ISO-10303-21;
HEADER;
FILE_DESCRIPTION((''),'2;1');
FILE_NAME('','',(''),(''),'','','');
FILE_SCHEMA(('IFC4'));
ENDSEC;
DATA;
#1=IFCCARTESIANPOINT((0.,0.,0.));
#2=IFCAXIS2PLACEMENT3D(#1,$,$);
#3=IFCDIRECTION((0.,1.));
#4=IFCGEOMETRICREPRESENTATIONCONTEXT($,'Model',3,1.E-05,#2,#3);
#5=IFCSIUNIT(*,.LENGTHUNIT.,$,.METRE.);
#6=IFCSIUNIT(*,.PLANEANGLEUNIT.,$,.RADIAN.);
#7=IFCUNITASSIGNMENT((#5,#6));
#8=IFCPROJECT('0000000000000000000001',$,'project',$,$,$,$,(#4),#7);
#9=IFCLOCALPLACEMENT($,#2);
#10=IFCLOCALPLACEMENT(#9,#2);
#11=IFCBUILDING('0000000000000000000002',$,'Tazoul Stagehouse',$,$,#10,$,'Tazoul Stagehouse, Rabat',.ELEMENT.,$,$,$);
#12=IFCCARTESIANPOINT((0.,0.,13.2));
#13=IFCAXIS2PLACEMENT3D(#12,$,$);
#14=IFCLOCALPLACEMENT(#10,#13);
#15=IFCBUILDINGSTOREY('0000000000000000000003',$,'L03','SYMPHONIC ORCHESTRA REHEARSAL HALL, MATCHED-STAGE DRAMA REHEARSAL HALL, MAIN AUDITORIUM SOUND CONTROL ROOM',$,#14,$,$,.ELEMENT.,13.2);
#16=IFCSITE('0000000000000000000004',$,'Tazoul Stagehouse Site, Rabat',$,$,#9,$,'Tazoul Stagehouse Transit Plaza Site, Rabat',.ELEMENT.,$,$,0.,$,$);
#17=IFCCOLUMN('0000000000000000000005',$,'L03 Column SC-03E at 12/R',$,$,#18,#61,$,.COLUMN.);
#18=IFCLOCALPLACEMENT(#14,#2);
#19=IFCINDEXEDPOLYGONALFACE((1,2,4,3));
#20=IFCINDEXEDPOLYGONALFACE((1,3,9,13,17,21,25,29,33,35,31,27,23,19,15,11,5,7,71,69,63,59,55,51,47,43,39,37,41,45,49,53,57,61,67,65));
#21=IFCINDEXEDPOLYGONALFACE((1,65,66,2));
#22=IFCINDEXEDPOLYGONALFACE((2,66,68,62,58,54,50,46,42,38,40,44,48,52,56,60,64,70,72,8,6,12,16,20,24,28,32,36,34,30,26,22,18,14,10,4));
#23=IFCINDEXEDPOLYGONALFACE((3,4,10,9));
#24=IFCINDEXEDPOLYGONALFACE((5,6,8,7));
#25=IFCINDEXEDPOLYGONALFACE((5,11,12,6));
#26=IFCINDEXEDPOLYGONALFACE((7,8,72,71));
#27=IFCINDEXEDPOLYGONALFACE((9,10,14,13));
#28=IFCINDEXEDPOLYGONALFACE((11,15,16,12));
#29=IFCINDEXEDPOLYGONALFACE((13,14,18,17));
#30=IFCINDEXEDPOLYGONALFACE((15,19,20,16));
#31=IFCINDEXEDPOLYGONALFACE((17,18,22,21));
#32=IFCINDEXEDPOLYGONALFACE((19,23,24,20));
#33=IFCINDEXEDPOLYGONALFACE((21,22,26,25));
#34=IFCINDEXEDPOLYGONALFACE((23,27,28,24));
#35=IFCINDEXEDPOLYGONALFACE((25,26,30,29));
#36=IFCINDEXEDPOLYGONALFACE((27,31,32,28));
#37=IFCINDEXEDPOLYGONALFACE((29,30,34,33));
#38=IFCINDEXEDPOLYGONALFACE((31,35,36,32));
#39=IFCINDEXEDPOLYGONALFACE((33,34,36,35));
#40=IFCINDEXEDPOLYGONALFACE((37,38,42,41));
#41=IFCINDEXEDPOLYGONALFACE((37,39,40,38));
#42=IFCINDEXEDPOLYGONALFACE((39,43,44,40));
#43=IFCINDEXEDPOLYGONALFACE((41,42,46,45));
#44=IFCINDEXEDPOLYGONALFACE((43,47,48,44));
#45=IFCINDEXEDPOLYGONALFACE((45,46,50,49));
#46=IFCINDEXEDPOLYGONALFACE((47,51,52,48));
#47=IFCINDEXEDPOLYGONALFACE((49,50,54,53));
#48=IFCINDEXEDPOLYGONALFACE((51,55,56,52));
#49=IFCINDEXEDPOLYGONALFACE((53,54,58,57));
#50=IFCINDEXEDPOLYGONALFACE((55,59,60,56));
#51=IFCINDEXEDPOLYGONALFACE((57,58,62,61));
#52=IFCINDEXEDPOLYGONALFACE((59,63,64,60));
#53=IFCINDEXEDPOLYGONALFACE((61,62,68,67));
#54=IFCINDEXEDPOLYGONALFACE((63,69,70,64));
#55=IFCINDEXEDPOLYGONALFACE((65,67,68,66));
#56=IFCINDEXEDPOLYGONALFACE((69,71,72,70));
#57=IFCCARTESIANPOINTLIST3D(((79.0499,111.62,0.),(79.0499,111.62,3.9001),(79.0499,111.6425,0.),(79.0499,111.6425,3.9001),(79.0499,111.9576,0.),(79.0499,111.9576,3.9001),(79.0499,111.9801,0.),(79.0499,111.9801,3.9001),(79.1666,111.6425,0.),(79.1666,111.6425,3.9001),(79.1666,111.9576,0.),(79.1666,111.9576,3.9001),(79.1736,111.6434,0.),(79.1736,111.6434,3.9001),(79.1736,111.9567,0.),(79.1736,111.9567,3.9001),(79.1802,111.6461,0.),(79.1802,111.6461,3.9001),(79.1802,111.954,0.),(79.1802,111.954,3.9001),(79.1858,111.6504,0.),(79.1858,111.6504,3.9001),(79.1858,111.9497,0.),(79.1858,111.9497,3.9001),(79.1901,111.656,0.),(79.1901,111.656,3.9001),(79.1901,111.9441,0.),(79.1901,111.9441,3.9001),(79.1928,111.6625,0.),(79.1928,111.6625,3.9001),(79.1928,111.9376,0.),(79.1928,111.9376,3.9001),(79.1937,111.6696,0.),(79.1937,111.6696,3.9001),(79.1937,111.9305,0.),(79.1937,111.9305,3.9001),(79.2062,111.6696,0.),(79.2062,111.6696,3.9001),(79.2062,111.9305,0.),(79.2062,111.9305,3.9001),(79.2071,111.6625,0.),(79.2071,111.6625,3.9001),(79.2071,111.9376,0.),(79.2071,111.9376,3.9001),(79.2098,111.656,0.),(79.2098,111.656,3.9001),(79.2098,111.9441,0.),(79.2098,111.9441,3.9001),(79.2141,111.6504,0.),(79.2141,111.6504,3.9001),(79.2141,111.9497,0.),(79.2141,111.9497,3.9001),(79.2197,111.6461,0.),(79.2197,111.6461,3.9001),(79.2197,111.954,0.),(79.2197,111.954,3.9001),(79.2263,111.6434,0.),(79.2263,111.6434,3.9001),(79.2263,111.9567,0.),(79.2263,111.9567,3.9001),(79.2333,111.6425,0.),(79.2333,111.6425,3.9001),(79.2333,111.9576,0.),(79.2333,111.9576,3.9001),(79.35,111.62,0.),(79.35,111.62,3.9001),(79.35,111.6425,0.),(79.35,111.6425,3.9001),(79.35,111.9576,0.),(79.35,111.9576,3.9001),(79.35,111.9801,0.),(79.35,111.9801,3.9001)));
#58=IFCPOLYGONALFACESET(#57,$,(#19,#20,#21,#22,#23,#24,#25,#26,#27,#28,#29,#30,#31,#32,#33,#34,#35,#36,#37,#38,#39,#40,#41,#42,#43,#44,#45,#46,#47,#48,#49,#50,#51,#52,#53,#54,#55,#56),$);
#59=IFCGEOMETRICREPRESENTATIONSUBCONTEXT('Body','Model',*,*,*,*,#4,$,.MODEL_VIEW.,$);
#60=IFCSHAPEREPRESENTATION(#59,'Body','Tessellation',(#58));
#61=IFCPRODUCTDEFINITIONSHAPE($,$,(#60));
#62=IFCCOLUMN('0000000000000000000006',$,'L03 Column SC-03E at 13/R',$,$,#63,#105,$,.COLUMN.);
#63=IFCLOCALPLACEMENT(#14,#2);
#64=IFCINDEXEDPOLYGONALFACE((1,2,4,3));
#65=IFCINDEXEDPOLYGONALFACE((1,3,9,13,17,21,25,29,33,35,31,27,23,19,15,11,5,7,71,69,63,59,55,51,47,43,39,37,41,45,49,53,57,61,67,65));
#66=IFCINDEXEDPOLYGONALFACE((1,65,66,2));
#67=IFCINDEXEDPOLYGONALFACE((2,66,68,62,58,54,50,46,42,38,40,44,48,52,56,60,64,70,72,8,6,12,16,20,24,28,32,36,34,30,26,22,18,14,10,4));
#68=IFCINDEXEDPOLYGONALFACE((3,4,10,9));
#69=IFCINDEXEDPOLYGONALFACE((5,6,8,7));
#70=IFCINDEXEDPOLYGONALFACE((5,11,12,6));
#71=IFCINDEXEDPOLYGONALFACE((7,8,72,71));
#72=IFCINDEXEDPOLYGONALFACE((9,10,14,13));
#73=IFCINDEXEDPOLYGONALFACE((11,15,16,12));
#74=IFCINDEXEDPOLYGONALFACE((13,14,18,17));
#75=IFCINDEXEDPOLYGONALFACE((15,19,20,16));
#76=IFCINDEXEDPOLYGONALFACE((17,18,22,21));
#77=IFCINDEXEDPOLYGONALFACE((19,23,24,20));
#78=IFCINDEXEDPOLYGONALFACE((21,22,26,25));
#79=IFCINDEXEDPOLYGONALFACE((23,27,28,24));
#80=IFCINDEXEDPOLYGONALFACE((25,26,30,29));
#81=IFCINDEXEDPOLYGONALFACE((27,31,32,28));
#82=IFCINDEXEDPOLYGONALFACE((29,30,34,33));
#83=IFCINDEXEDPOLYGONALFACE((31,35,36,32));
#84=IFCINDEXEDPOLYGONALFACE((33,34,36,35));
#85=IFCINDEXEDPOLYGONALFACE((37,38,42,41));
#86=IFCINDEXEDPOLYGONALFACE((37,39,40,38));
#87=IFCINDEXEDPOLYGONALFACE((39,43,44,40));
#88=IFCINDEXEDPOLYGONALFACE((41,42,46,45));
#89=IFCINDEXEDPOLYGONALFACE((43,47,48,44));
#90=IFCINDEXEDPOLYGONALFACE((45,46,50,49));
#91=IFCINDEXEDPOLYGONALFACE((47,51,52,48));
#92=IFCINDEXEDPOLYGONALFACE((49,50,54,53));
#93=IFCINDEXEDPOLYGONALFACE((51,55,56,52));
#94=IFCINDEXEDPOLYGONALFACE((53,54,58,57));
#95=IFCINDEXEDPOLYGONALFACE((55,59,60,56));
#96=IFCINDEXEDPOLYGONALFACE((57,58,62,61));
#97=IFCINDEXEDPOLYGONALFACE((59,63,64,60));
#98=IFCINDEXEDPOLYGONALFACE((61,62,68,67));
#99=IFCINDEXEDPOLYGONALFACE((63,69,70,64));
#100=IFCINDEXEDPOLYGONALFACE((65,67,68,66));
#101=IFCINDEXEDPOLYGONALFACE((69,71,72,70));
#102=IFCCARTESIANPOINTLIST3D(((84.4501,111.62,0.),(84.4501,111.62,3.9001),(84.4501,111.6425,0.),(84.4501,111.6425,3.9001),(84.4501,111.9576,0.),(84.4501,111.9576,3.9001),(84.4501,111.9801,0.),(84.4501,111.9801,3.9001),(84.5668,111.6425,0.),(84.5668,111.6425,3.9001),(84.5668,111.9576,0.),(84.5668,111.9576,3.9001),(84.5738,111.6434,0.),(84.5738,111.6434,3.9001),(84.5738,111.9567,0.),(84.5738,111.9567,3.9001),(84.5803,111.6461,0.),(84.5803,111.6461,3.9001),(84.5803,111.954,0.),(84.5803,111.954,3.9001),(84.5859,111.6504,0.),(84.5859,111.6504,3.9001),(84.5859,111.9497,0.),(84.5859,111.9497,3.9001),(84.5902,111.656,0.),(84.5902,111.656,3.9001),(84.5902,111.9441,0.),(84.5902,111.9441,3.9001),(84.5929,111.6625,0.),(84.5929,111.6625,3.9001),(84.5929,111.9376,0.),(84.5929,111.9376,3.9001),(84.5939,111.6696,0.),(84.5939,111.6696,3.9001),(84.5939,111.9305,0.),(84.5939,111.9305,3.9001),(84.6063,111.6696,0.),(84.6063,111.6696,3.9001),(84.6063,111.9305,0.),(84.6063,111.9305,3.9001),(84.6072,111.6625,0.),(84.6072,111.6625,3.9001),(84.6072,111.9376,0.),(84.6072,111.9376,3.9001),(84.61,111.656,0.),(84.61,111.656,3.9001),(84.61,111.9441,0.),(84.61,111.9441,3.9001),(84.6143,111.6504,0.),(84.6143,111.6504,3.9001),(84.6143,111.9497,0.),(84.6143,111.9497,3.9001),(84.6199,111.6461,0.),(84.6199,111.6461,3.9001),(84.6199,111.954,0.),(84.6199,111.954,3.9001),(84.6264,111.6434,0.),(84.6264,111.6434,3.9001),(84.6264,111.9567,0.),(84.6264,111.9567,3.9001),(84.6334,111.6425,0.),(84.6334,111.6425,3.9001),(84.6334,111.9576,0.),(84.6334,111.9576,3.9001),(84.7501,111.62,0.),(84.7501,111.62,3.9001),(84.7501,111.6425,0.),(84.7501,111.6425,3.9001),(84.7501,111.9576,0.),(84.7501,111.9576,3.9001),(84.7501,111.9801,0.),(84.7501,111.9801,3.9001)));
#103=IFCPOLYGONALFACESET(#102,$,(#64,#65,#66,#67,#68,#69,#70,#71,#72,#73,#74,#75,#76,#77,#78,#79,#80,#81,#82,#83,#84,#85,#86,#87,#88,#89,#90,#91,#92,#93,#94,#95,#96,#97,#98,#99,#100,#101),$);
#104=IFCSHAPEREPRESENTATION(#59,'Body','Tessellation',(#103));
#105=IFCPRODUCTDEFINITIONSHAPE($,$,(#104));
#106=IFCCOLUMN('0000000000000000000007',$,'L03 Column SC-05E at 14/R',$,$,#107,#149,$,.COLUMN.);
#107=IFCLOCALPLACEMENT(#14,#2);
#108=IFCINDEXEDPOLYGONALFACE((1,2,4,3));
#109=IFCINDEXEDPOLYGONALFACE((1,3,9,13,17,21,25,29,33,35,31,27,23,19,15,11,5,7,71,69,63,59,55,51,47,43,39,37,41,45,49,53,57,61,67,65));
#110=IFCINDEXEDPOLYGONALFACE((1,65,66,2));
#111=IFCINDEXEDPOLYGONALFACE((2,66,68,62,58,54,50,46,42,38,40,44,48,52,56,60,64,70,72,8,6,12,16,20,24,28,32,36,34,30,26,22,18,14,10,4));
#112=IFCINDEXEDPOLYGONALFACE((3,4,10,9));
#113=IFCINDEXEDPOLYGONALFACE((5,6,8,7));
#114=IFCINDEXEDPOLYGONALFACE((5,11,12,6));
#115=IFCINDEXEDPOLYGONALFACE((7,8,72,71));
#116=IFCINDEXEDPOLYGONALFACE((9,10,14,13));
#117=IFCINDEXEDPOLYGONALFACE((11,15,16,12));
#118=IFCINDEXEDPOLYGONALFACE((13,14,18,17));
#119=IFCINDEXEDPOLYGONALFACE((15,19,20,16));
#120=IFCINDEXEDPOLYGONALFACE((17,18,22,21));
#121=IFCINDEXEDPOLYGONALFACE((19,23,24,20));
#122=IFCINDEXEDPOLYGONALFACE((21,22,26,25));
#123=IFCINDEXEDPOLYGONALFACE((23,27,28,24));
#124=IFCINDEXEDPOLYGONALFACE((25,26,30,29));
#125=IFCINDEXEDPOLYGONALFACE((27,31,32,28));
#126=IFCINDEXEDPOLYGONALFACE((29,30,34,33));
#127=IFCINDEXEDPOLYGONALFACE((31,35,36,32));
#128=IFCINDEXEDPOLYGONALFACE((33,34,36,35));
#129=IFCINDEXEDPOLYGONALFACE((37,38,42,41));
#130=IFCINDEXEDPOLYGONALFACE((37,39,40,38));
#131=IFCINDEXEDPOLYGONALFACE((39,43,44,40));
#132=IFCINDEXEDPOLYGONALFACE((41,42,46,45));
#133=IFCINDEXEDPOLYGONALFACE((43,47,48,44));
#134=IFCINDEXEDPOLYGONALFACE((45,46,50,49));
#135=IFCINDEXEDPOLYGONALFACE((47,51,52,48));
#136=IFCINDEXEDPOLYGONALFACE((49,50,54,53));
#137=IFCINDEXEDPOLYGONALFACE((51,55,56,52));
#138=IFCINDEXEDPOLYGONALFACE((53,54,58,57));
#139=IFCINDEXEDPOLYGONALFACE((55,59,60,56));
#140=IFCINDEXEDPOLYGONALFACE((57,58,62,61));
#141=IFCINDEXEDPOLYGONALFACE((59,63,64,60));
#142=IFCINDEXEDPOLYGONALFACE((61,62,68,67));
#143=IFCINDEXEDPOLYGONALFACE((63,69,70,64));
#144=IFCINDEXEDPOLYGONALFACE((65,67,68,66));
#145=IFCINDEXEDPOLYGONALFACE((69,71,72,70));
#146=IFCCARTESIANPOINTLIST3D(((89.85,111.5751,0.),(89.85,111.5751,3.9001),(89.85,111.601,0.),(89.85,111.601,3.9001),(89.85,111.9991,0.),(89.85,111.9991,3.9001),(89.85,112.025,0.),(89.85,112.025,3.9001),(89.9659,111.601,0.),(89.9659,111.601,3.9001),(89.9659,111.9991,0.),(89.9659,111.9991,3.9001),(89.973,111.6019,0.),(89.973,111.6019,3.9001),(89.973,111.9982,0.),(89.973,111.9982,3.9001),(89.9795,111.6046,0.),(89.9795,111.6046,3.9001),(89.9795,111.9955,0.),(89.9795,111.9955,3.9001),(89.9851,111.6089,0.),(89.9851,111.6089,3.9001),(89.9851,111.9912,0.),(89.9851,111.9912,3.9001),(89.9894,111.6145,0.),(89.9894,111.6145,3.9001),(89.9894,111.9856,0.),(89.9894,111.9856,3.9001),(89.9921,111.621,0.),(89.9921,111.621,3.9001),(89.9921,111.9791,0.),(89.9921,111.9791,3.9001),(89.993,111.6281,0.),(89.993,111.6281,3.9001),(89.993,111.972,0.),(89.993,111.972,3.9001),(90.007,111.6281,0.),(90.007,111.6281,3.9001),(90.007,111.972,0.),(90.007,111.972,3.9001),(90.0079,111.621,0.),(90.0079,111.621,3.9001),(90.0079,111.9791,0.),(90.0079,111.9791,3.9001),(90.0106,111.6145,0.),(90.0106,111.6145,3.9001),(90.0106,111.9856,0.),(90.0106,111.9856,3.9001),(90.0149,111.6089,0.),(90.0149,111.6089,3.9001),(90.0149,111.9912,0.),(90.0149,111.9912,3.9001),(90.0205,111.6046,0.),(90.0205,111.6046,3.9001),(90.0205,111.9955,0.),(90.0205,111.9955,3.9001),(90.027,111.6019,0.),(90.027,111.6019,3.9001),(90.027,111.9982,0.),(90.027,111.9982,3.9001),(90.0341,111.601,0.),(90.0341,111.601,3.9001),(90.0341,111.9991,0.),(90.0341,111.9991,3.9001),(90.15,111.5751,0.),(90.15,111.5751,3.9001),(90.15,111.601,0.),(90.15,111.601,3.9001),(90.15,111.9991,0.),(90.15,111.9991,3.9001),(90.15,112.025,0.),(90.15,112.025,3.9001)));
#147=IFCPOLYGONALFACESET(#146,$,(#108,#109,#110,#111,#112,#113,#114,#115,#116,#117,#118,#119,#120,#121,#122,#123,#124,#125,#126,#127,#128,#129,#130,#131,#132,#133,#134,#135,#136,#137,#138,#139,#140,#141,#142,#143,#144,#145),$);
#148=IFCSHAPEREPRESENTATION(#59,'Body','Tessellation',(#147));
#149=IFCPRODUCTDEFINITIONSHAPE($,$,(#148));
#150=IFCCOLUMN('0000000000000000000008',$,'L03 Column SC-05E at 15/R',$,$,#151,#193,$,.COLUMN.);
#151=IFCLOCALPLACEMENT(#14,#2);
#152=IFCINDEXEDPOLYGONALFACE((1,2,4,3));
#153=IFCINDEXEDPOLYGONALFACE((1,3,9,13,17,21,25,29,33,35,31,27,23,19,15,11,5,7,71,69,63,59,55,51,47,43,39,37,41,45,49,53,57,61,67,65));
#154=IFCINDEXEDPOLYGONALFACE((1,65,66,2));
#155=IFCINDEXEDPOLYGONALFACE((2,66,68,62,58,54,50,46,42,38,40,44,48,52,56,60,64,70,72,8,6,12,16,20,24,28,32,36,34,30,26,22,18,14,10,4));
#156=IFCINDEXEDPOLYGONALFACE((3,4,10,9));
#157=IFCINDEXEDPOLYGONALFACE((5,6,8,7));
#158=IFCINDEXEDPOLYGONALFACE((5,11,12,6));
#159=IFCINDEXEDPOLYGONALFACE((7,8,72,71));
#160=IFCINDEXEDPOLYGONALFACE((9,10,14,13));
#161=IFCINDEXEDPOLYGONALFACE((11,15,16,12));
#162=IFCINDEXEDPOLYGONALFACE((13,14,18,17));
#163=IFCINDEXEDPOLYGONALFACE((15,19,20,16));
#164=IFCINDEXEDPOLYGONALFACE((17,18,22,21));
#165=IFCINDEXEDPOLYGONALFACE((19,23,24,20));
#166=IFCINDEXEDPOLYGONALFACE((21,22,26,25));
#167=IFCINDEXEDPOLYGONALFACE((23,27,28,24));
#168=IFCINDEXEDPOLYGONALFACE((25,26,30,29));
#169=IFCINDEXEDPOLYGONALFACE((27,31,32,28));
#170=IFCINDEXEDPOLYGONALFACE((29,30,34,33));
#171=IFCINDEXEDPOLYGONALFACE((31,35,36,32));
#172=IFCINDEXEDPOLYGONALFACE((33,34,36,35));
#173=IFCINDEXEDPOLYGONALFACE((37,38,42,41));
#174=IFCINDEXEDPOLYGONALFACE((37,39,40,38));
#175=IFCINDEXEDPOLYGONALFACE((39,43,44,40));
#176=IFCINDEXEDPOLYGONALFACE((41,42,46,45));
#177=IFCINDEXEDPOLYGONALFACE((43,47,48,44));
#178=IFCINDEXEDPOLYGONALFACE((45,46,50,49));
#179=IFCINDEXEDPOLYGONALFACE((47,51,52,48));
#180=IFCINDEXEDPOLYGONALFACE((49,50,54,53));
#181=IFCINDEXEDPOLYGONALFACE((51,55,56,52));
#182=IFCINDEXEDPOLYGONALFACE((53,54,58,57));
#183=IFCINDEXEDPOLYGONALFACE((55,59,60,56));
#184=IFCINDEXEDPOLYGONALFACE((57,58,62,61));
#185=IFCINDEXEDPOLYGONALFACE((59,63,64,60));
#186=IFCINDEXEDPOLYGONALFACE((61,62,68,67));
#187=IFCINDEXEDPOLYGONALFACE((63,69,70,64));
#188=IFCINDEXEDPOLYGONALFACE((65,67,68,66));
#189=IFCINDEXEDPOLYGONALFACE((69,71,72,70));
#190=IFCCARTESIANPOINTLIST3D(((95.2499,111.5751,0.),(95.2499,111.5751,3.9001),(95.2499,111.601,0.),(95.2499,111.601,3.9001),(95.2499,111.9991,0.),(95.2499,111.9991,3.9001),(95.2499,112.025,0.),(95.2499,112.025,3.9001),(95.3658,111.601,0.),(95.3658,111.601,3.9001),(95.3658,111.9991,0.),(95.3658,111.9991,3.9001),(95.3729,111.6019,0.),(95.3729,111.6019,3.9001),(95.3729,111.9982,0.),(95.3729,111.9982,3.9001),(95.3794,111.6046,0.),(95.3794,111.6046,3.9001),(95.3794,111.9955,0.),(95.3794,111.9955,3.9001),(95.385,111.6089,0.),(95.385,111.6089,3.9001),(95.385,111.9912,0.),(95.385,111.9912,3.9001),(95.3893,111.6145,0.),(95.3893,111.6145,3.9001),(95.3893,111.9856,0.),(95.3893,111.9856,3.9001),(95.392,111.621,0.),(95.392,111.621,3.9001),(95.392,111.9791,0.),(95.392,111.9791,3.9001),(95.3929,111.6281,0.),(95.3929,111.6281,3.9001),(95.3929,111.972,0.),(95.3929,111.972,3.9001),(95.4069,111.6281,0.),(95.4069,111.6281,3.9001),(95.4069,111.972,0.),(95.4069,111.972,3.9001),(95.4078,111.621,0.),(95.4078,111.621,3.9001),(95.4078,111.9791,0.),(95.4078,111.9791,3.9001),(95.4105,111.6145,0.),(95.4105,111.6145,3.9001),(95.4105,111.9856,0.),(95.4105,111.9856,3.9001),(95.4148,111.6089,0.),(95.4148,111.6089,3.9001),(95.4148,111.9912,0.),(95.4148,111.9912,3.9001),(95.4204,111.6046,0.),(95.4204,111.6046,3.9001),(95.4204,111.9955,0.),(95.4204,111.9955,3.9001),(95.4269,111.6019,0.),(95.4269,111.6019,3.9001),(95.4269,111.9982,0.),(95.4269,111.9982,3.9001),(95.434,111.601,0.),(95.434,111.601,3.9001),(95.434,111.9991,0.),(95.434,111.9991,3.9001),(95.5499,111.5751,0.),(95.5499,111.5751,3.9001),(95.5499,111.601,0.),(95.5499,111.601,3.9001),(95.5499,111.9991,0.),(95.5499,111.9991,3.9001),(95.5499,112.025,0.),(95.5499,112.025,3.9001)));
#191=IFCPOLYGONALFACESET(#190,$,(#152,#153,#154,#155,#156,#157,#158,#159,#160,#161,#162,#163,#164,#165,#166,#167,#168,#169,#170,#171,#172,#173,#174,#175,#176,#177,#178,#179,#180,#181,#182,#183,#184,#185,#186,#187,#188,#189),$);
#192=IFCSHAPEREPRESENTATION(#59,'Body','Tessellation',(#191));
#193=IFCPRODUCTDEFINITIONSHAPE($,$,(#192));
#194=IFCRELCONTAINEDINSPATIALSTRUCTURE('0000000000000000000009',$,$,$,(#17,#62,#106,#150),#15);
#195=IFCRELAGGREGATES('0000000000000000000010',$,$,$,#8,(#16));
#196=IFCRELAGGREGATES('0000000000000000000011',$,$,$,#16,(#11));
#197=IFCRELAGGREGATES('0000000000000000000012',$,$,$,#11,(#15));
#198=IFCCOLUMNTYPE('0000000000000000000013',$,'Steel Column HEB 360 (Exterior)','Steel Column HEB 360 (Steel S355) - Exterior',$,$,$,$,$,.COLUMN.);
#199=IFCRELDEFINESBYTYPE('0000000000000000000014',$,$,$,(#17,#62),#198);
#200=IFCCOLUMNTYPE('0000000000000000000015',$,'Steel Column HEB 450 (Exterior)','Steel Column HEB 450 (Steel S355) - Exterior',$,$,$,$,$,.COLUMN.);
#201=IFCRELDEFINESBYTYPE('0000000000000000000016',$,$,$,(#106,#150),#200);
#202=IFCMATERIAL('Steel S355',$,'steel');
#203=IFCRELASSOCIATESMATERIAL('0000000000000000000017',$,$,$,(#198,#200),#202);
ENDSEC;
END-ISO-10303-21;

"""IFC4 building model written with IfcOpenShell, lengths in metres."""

from ifc_helpers import new_model, si_unit, direction, frame, origin, origin_2d, place, context, subcontext, project, spatial, i_section, extrude, material, material_profile, profile_set, type_object, element, save


model = new_model("IFC4")

# Units and contexts
model_context = context("Model", 3, precision=1e-05, world=origin(), true_north=direction((0.0, 1.0)))
body_context = subcontext(model_context, "Body", "Model", "MODEL_VIEW")
ifc_project = project(units=[si_unit("LENGTHUNIT", "METRE"), si_unit("PLANEANGLEUNIT", "RADIAN")], contexts=[model_context])

# Site, building, storey
site_placement = place(None, origin())
site = spatial("IfcSite", under=ifc_project, at=site_placement, Name="Tazoul Stagehouse Site, Rabat", LongName="Tazoul Stagehouse Transit Plaza Site, Rabat", CompositionType="ELEMENT", RefElevation=0.0)
building_placement = place(site_placement, origin())
building = spatial("IfcBuilding", under=site, at=building_placement, Name="Tazoul Stagehouse", LongName="Tazoul Stagehouse, Rabat", CompositionType="ELEMENT")
storey_placement = place(building_placement, frame((0.0, 0.0, 13.2)))
storey = spatial("IfcBuildingStorey", under=building, at=storey_placement, Name="L03", Description="SYMPHONIC ORCHESTRA REHEARSAL HALL, MATCHED-STAGE DRAMA REHEARSAL HALL, MAIN AUDITORIUM SOUND CONTROL ROOM", CompositionType="ELEMENT", Elevation=13.2)

# Columns
ifc_material_1 = material(Name="Steel S355", Category="steel")
ifc_material_profile_1 = material_profile(ifc_material_1, i_section(OverallWidth=0.3, OverallDepth=0.3601, WebThickness=0.0125, FlangeThickness=0.0225, FilletRadius=0.0271, at=origin_2d()), Name="HEB 360")
ifc_profile_set_1 = profile_set([ifc_material_profile_1], Name="Steel S355")
column_type_1 = type_object("IfcColumnType", Name="Steel Column HEB 360 (Exterior)", Description="Steel Column HEB 360 (Steel S355) - Exterior", PredefinedType="COLUMN", material=ifc_profile_set_1)
for number, where, z_axis, x_axis, name in (
    (1, (79.2, 111.8, 0.0), (0.0, 0.0, 1.0), (1.0, 0.0, 0.0), "L03 Column SC-03E at 12/R"),
    (2, (84.6001, 111.8, 0.0), (0.0, 0.0, 1.0), (1.0, 0.0, 0.0), "L03 Column SC-03E at 13/R"),
):
    element("IfcColumn", number, at=place(storey_placement, frame(where, z_axis=z_axis, x_axis=x_axis)), inside=storey, type_object=column_type_1, Name=name, PredefinedType="COLUMN", context=body_context, shape_type="SweptSolid", body=[
        extrude(i_section(OverallWidth=0.3, OverallDepth=0.3601, WebThickness=0.0125, FlangeThickness=0.0225, FilletRadius=0.0271, at=origin_2d()), origin(), (0.0, 0.0, 1.0), 3.9001),
    ])
ifc_material_profile_2 = material_profile(ifc_material_1, i_section(OverallWidth=0.3, OverallDepth=0.45, WebThickness=0.0139, FlangeThickness=0.0259, FilletRadius=0.0271, at=origin_2d()), Name="HEB 450")
ifc_profile_set_2 = profile_set([ifc_material_profile_2], Name="Steel S355")
column_type_2 = type_object("IfcColumnType", Name="Steel Column HEB 450 (Exterior)", Description="Steel Column HEB 450 (Steel S355) - Exterior", PredefinedType="COLUMN", material=ifc_profile_set_2)
for number, where, z_axis, x_axis, name in (
    (3, (90.0, 111.8, 0.0), (0.0, 0.0, 1.0), (1.0, 0.0, 0.0), "L03 Column SC-05E at 14/R"),
    (4, (95.3999, 111.8, 0.0), (0.0, 0.0, 1.0), (1.0, 0.0, 0.0), "L03 Column SC-05E at 15/R"),
):
    element("IfcColumn", number, at=place(storey_placement, frame(where, z_axis=z_axis, x_axis=x_axis)), inside=storey, type_object=column_type_2, Name=name, PredefinedType="COLUMN", context=body_context, shape_type="SweptSolid", body=[
        extrude(i_section(OverallWidth=0.3, OverallDepth=0.45, WebThickness=0.0139, FlangeThickness=0.0259, FilletRadius=0.0271, at=origin_2d()), origin(), (0.0, 0.0, 1.0), 3.9001),
    ])

save(model, "model.ifc")
